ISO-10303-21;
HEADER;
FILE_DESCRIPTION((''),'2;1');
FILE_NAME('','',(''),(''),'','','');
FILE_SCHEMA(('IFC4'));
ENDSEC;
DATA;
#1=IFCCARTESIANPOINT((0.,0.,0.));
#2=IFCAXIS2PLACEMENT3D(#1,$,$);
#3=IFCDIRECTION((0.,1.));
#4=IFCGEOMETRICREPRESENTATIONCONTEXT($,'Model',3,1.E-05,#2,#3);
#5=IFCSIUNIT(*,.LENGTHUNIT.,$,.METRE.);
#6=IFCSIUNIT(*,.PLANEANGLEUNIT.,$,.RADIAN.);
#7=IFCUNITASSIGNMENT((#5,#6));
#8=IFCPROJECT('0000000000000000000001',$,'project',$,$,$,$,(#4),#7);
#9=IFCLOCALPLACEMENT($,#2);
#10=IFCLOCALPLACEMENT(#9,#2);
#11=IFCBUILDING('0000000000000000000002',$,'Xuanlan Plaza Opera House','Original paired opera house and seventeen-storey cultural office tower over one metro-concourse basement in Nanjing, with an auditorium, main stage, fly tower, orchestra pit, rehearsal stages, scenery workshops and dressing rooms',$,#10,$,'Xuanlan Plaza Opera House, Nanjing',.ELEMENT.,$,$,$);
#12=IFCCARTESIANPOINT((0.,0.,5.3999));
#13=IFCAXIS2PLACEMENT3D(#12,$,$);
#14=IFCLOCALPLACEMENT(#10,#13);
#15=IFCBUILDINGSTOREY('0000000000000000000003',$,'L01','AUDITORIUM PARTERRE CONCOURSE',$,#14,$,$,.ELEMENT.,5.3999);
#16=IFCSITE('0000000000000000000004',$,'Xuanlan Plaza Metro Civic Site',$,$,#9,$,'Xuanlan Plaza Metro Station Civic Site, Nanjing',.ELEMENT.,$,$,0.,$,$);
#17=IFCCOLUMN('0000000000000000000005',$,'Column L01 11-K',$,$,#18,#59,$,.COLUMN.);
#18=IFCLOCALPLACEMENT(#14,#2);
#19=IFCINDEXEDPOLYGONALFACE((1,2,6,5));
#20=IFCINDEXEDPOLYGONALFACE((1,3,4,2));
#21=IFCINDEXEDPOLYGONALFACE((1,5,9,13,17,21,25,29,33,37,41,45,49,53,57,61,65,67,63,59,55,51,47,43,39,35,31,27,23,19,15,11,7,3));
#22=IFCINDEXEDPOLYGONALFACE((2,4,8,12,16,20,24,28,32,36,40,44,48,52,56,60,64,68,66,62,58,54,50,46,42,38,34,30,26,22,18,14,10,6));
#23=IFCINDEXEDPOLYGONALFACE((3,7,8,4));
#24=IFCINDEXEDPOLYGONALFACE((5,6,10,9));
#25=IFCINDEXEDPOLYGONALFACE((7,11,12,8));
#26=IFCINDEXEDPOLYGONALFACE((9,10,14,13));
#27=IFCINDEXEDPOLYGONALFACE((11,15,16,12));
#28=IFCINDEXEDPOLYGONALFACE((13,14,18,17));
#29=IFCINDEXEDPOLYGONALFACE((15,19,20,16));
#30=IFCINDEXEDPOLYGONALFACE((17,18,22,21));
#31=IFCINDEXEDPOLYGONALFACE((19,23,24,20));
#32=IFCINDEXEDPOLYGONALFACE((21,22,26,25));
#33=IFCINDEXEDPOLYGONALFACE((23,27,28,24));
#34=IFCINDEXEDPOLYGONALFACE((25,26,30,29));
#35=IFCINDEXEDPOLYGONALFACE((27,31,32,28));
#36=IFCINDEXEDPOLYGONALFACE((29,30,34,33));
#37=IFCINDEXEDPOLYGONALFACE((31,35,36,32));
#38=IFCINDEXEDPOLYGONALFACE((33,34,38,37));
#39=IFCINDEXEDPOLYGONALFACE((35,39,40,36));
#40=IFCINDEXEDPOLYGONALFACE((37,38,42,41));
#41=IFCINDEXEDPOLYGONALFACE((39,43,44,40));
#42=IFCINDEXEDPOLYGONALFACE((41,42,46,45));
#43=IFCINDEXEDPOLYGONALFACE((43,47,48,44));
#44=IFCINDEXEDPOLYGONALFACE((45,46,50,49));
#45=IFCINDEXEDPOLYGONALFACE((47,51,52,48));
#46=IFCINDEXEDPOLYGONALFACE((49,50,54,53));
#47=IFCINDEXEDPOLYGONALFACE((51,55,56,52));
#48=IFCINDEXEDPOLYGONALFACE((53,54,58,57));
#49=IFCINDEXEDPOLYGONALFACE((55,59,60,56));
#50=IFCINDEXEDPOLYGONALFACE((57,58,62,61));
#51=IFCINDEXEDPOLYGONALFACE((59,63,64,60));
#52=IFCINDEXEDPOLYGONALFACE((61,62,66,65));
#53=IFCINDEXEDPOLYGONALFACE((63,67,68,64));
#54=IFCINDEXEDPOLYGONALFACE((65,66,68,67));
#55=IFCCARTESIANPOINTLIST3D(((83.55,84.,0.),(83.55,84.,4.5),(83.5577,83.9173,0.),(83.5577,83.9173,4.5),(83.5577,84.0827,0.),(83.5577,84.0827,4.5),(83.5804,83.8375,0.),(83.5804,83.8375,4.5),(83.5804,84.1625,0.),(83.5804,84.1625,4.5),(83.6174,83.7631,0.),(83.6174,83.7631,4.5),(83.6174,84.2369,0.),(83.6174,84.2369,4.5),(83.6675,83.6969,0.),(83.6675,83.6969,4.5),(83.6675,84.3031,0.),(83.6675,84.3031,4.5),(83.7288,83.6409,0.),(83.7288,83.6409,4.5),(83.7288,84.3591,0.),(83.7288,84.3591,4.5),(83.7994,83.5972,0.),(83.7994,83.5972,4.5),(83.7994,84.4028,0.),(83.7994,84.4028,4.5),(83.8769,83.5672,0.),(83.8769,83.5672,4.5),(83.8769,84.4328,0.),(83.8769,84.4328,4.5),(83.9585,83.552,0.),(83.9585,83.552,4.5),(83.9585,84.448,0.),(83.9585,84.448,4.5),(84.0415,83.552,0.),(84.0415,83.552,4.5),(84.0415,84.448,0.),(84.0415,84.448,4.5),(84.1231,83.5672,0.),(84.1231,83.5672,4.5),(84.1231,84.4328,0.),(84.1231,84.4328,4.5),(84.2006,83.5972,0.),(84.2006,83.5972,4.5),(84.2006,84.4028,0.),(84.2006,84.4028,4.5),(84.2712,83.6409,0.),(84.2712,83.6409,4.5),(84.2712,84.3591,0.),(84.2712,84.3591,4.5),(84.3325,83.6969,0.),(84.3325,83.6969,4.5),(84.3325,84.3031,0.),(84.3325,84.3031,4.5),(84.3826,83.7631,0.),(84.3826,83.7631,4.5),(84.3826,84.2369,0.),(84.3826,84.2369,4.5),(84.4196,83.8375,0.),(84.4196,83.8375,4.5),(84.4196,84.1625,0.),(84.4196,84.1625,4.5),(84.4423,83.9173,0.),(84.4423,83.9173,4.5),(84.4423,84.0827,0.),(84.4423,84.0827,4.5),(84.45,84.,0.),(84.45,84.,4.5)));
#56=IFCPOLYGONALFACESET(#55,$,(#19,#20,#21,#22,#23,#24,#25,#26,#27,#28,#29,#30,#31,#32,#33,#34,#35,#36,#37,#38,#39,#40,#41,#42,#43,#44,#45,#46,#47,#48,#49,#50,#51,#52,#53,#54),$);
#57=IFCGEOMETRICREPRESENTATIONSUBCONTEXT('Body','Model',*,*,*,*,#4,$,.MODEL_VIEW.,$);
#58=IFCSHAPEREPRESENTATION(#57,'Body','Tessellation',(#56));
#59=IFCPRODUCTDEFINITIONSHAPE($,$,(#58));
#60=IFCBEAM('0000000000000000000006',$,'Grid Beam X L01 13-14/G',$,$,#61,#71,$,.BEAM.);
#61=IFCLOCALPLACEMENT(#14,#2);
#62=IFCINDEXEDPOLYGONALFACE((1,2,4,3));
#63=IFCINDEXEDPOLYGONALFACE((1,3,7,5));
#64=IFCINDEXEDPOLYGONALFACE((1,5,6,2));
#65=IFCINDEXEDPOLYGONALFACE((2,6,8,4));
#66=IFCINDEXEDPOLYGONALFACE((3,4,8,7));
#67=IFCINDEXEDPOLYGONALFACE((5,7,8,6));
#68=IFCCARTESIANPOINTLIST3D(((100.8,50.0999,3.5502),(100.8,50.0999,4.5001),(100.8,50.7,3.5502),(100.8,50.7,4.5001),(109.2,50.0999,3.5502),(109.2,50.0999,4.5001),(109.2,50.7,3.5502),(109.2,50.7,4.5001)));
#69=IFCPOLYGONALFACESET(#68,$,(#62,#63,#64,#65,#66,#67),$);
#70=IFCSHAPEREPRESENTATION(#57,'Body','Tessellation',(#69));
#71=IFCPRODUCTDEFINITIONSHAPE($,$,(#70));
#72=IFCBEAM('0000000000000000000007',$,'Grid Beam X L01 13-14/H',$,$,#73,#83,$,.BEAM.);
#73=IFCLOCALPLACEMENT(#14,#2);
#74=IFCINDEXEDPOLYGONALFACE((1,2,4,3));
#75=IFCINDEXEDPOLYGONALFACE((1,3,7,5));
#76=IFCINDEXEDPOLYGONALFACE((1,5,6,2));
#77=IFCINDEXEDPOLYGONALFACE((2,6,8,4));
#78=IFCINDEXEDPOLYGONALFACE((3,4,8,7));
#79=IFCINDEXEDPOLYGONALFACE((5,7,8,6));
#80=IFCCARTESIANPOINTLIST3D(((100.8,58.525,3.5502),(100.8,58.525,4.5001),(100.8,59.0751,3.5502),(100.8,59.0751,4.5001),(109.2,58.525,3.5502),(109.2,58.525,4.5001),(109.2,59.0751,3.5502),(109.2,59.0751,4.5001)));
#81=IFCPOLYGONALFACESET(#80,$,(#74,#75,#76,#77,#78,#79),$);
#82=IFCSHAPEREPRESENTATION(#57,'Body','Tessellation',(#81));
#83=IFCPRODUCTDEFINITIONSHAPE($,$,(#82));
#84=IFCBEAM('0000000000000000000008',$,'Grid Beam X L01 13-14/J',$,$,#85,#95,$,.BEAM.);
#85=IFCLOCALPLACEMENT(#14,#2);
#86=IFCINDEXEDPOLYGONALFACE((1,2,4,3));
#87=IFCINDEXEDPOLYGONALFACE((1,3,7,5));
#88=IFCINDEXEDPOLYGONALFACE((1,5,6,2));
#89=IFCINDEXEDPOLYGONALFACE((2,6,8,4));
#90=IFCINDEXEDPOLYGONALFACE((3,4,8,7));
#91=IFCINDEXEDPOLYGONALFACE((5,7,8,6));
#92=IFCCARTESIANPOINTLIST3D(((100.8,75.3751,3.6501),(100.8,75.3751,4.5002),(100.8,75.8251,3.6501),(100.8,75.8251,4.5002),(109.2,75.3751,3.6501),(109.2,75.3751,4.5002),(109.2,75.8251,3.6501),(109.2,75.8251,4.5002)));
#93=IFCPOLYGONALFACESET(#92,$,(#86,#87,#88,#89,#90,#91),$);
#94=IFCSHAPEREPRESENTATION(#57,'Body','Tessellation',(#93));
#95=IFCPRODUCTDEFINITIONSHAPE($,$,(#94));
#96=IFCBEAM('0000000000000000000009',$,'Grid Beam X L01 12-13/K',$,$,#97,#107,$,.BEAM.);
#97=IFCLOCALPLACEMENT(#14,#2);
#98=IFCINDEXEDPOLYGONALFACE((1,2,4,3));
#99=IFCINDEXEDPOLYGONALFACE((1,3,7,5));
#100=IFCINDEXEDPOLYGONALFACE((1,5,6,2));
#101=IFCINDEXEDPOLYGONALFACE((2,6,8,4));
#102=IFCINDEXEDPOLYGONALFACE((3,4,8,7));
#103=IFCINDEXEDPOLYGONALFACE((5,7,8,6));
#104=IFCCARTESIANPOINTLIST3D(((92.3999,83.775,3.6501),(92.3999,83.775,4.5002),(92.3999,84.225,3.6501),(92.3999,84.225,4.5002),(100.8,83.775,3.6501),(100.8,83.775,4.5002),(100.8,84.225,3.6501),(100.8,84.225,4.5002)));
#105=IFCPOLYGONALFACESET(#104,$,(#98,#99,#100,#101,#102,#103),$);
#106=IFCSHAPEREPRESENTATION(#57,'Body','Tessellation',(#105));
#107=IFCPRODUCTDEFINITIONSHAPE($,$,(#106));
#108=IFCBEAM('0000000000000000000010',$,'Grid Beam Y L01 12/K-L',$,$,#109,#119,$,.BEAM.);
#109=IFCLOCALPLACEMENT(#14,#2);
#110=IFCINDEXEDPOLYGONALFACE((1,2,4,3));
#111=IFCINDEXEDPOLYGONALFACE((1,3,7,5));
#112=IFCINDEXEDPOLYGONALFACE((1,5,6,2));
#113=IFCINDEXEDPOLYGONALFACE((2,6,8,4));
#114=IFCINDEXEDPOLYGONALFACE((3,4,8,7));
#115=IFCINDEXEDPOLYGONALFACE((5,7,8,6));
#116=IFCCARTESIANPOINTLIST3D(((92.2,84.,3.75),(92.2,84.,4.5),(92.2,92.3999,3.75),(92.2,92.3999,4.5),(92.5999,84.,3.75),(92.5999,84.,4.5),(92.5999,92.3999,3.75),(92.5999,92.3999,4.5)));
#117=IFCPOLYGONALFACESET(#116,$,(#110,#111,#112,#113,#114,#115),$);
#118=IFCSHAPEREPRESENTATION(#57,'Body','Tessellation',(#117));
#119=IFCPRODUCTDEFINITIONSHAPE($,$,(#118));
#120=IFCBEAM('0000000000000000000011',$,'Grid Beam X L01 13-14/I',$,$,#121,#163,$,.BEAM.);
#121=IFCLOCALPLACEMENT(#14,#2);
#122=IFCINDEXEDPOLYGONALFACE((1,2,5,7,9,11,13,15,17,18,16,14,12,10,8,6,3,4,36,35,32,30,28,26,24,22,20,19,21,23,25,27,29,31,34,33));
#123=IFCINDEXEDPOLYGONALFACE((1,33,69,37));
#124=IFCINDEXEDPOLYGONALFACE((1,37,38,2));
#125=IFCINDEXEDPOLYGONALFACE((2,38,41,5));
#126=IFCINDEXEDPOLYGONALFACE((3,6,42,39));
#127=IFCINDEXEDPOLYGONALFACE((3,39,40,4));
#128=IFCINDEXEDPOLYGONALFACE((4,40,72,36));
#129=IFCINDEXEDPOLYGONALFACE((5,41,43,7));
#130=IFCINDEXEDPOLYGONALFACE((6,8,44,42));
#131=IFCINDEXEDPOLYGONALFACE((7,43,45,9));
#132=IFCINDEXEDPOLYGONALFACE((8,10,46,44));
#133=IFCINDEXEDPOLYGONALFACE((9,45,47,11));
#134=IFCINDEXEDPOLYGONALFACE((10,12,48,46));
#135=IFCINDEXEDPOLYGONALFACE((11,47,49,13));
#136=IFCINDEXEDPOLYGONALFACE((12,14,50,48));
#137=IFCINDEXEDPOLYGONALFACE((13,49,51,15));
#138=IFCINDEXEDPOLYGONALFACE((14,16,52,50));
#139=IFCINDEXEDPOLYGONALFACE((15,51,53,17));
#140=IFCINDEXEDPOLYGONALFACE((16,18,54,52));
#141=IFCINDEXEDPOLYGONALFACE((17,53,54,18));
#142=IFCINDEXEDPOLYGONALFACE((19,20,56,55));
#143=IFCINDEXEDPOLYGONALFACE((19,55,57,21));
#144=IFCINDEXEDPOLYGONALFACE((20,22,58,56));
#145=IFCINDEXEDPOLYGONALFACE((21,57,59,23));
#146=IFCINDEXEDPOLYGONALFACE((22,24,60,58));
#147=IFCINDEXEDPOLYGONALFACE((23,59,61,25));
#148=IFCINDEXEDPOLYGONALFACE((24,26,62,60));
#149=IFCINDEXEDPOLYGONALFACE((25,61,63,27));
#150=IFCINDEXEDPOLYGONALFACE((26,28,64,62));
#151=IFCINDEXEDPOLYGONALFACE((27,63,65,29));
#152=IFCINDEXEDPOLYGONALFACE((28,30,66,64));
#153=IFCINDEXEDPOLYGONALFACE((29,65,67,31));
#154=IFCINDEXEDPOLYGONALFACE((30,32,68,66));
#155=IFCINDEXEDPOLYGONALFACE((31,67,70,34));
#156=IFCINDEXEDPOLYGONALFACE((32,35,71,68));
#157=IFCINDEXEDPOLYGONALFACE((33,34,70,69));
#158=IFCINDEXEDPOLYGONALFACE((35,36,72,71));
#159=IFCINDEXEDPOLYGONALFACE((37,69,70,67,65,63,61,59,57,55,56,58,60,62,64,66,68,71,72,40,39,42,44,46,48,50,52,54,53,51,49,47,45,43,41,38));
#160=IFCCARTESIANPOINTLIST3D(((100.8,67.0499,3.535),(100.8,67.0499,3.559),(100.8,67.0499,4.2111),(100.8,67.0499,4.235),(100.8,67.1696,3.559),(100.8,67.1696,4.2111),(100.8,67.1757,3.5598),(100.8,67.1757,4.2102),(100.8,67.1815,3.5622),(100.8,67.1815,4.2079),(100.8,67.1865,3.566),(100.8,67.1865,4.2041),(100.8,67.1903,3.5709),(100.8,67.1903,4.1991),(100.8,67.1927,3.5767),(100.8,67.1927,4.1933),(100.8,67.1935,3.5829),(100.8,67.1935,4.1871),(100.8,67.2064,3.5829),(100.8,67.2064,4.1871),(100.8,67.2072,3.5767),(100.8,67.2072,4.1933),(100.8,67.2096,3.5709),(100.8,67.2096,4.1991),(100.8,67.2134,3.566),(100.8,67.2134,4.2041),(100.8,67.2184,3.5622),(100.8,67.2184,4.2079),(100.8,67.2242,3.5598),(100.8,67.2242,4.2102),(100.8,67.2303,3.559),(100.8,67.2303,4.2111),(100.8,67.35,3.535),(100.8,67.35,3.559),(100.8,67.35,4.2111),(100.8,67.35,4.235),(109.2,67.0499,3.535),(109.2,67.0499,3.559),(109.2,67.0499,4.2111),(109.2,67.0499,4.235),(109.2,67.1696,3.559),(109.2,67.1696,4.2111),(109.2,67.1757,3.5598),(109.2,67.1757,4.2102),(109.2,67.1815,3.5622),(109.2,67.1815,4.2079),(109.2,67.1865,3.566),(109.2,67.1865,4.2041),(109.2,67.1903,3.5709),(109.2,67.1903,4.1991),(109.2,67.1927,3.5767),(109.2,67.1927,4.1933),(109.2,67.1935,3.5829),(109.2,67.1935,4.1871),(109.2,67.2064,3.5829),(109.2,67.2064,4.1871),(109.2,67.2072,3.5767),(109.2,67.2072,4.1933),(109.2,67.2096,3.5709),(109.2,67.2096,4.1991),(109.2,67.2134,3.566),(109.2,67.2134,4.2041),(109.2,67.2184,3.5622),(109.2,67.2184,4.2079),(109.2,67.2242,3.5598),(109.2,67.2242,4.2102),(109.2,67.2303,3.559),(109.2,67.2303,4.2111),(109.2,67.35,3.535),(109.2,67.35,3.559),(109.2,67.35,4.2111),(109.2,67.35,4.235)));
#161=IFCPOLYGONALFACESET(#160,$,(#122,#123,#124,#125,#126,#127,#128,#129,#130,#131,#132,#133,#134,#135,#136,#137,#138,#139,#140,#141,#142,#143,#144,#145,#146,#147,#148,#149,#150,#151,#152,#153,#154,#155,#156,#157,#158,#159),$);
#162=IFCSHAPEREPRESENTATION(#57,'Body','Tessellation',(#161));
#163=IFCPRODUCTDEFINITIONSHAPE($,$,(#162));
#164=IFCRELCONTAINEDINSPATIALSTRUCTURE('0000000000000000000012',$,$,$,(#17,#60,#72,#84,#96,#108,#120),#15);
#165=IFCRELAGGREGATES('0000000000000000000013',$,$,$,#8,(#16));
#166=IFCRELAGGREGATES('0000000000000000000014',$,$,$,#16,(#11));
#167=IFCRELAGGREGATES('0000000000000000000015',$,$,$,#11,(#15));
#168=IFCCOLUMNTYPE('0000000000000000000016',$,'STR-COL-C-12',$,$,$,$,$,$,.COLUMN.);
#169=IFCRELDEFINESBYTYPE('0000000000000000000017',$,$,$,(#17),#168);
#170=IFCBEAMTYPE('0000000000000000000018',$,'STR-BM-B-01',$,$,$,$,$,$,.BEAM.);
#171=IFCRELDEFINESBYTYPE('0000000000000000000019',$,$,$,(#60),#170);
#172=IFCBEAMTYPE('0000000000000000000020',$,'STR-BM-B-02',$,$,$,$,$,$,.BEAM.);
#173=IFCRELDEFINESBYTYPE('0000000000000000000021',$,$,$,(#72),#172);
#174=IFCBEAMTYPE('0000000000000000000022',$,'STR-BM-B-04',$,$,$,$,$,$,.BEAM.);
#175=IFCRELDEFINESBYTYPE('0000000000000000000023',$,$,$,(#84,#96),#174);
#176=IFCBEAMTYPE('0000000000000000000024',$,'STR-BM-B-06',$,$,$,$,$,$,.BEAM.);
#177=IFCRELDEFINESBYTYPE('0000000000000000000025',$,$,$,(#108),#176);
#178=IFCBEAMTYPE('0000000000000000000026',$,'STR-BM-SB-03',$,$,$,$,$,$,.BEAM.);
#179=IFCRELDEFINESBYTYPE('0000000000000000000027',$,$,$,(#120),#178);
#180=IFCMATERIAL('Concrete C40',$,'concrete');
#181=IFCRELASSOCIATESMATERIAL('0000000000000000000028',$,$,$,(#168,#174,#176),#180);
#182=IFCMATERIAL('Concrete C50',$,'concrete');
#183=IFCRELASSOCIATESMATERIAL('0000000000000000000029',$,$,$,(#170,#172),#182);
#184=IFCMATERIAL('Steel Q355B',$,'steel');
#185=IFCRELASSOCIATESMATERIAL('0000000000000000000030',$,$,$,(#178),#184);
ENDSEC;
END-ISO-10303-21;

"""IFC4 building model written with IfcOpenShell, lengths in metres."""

from ifc_helpers import new_model, si_unit, direction, frame, origin, origin_2d, place, context, subcontext, project, spatial, rectangle, circle, i_section, extrude, material, material_profile, profile_set, type_object, element, save


model = new_model("IFC4")

# Units and contexts
model_context = context("Model", 3, precision=1e-05, world=origin(), true_north=direction((0.0, 1.0)))
body_context = subcontext(model_context, "Body", "Model", "MODEL_VIEW")
ifc_project = project(units=[si_unit("LENGTHUNIT", "METRE"), si_unit("PLANEANGLEUNIT", "RADIAN")], contexts=[model_context])

# Site, building, storey
site_placement = place(None, origin())
site = spatial("IfcSite", under=ifc_project, at=site_placement, Name="Xuanlan Plaza Metro Civic Site", LongName="Xuanlan Plaza Metro Station Civic Site, Nanjing", CompositionType="ELEMENT", RefElevation=0.0)
building_placement = place(site_placement, origin())
building = spatial("IfcBuilding", under=site, at=building_placement, Name="Xuanlan Plaza Opera House", Description="Original paired opera house and seventeen-storey cultural office tower over one metro-concourse basement in Nanjing, with an auditorium, main stage, fly tower, orchestra pit, rehearsal stages, scenery workshops and dressing rooms", LongName="Xuanlan Plaza Opera House, Nanjing", CompositionType="ELEMENT")
storey_placement = place(building_placement, frame((0.0, 0.0, 5.3999)))
storey = spatial("IfcBuildingStorey", under=building, at=storey_placement, Name="L01", Description="AUDITORIUM PARTERRE CONCOURSE", CompositionType="ELEMENT", Elevation=5.3999)

# Column
ifc_material_1 = material(Name="Concrete C50", Category="concrete")
ifc_material_2 = material(Name="Concrete C40", Category="concrete")
ifc_material_profile_1 = material_profile(ifc_material_2, circle(Radius=0.45, at=origin_2d()), Name="RC-COL D900")
ifc_profile_set_1 = profile_set([ifc_material_profile_1], Name="Concrete C40")
column_type_1 = type_object("IfcColumnType", Name="STR-COL-C-12", PredefinedType="COLUMN", material=ifc_profile_set_1)
column_placement = place(storey_placement, frame((84.0, 84.0, 0.0), z_axis=(0.0, 0.0, 1.0), x_axis=(1.0, 0.0, 0.0)))
element("IfcColumn", 1, at=column_placement, inside=storey, type_object=column_type_1, Name="Column L01 11-K", PredefinedType="COLUMN", context=body_context, shape_type="SweptSolid", body=[
    extrude(circle(Radius=0.45, at=origin_2d()), origin(), (0.0, 0.0, 1.0), 4.5),
])

# Beams
ifc_material_profile_2 = material_profile(ifc_material_1, rectangle(XDim=0.6001, YDim=0.95, at=origin_2d()), Name="RC-BM 600x950")
ifc_profile_set_2 = profile_set([ifc_material_profile_2], Name="Concrete C50")
beam_type_1 = type_object("IfcBeamType", Name="STR-BM-B-01", PredefinedType="BEAM", material=ifc_profile_set_2)
beam_1_placement = place(storey_placement, frame((100.8, 50.3999, 4.0251), z_axis=(1.0, 0.0, 0.0), x_axis=(0.0, 1.0, 0.0)))
element("IfcBeam", 2, at=beam_1_placement, inside=storey, type_object=beam_type_1, Name="Grid Beam X L01 13-14/G", PredefinedType="BEAM", context=body_context, shape_type="SweptSolid", body=[
    extrude(rectangle(XDim=0.6001, YDim=0.95, at=origin_2d()), origin(), (0.0, 0.0, 1.0), 8.3999),
])
ifc_material_profile_3 = material_profile(ifc_material_1, rectangle(XDim=0.55, YDim=0.95, at=origin_2d()), Name="RC-BM 550x950")
ifc_profile_set_3 = profile_set([ifc_material_profile_3], Name="Concrete C50")
beam_type_2 = type_object("IfcBeamType", Name="STR-BM-B-02", PredefinedType="BEAM", material=ifc_profile_set_3)
beam_2_placement = place(storey_placement, frame((100.8, 58.8, 4.0251), z_axis=(1.0, 0.0, 0.0), x_axis=(0.0, 1.0, 0.0)))
element("IfcBeam", 3, at=beam_2_placement, inside=storey, type_object=beam_type_2, Name="Grid Beam X L01 13-14/H", PredefinedType="BEAM", context=body_context, shape_type="SweptSolid", body=[
    extrude(rectangle(XDim=0.55, YDim=0.95, at=origin_2d()), origin(), (0.0, 0.0, 1.0), 8.3999),
])
ifc_material_profile_4 = material_profile(ifc_material_2, rectangle(XDim=0.45, YDim=0.8501, at=origin_2d()), Name="RC-BM 450x850")
ifc_profile_set_4 = profile_set([ifc_material_profile_4], Name="Concrete C40")
beam_type_3 = type_object("IfcBeamType", Name="STR-BM-B-04", PredefinedType="BEAM", material=ifc_profile_set_4)
beam_3_placement = place(storey_placement, frame((100.8, 75.6001, 4.0752), z_axis=(1.0, 0.0, 0.0), x_axis=(0.0, 1.0, 0.0)))
element("IfcBeam", 4, at=beam_3_placement, inside=storey, type_object=beam_type_3, Name="Grid Beam X L01 13-14/J", PredefinedType="BEAM", context=body_context, shape_type="SweptSolid", body=[
    extrude(rectangle(XDim=0.45, YDim=0.8501, at=origin_2d()), origin(), (0.0, 0.0, 1.0), 8.3999),
])
beam_4_placement = place(storey_placement, frame((92.3999, 84.0, 4.0752), z_axis=(1.0, 0.0, 0.0), x_axis=(0.0, 1.0, 0.0)))
element("IfcBeam", 5, at=beam_4_placement, inside=storey, type_object=beam_type_3, Name="Grid Beam X L01 12-13/K", PredefinedType="BEAM", context=body_context, shape_type="SweptSolid", body=[
    extrude(rectangle(XDim=0.45, YDim=0.8501, at=origin_2d()), origin(), (0.0, 0.0, 1.0), 8.4001),
])
ifc_material_profile_5 = material_profile(ifc_material_2, rectangle(XDim=0.3999, YDim=0.75, at=origin_2d()), Name="RC-BM 400x750")
ifc_profile_set_5 = profile_set([ifc_material_profile_5], Name="Concrete C40")
beam_type_4 = type_object("IfcBeamType", Name="STR-BM-B-06", PredefinedType="BEAM", material=ifc_profile_set_5)
beam_5_placement = place(storey_placement, frame((92.3999, 84.0, 4.125), z_axis=(0.0, 1.0, 0.0), x_axis=(-1.0, 0.0, 0.0)))
element("IfcBeam", 6, at=beam_5_placement, inside=storey, type_object=beam_type_4, Name="Grid Beam Y L01 12/K-L", PredefinedType="BEAM", context=body_context, shape_type="SweptSolid", body=[
    extrude(rectangle(XDim=0.3999, YDim=0.75, at=origin_2d()), origin(), (0.0, 0.0, 1.0), 8.3999),
])
ifc_material_3 = material(Name="Steel Q355B", Category="steel")
ifc_material_profile_6 = material_profile(ifc_material_3, i_section(OverallWidth=0.3, OverallDepth=0.7, WebThickness=0.0129, FlangeThickness=0.0239, FilletRadius=0.0239, at=origin_2d()), Name="HN 700x300x13x24")
ifc_profile_set_6 = profile_set([ifc_material_profile_6], Name="Steel Q355B")
beam_type_5 = type_object("IfcBeamType", Name="STR-BM-SB-03", PredefinedType="BEAM", material=ifc_profile_set_6)
for number, where, z_axis, x_axis, name in (
    (7, (100.8, 67.2, 3.885), (1.0, 0.0, 0.0), (0.0, 1.0, 0.0), "Grid Beam X L01 13-14/I"),
):
    element("IfcBeam", number, at=place(storey_placement, frame(where, z_axis=z_axis, x_axis=x_axis)), inside=storey, type_object=beam_type_5, Name=name, PredefinedType="BEAM", context=body_context, shape_type="SweptSolid", body=[
        extrude(i_section(OverallWidth=0.3, OverallDepth=0.7, WebThickness=0.0129, FlangeThickness=0.0239, FilletRadius=0.0239, at=origin_2d()), origin(), (0.0, 0.0, 1.0), 8.3999),
    ])

save(model, "model.ifc")
